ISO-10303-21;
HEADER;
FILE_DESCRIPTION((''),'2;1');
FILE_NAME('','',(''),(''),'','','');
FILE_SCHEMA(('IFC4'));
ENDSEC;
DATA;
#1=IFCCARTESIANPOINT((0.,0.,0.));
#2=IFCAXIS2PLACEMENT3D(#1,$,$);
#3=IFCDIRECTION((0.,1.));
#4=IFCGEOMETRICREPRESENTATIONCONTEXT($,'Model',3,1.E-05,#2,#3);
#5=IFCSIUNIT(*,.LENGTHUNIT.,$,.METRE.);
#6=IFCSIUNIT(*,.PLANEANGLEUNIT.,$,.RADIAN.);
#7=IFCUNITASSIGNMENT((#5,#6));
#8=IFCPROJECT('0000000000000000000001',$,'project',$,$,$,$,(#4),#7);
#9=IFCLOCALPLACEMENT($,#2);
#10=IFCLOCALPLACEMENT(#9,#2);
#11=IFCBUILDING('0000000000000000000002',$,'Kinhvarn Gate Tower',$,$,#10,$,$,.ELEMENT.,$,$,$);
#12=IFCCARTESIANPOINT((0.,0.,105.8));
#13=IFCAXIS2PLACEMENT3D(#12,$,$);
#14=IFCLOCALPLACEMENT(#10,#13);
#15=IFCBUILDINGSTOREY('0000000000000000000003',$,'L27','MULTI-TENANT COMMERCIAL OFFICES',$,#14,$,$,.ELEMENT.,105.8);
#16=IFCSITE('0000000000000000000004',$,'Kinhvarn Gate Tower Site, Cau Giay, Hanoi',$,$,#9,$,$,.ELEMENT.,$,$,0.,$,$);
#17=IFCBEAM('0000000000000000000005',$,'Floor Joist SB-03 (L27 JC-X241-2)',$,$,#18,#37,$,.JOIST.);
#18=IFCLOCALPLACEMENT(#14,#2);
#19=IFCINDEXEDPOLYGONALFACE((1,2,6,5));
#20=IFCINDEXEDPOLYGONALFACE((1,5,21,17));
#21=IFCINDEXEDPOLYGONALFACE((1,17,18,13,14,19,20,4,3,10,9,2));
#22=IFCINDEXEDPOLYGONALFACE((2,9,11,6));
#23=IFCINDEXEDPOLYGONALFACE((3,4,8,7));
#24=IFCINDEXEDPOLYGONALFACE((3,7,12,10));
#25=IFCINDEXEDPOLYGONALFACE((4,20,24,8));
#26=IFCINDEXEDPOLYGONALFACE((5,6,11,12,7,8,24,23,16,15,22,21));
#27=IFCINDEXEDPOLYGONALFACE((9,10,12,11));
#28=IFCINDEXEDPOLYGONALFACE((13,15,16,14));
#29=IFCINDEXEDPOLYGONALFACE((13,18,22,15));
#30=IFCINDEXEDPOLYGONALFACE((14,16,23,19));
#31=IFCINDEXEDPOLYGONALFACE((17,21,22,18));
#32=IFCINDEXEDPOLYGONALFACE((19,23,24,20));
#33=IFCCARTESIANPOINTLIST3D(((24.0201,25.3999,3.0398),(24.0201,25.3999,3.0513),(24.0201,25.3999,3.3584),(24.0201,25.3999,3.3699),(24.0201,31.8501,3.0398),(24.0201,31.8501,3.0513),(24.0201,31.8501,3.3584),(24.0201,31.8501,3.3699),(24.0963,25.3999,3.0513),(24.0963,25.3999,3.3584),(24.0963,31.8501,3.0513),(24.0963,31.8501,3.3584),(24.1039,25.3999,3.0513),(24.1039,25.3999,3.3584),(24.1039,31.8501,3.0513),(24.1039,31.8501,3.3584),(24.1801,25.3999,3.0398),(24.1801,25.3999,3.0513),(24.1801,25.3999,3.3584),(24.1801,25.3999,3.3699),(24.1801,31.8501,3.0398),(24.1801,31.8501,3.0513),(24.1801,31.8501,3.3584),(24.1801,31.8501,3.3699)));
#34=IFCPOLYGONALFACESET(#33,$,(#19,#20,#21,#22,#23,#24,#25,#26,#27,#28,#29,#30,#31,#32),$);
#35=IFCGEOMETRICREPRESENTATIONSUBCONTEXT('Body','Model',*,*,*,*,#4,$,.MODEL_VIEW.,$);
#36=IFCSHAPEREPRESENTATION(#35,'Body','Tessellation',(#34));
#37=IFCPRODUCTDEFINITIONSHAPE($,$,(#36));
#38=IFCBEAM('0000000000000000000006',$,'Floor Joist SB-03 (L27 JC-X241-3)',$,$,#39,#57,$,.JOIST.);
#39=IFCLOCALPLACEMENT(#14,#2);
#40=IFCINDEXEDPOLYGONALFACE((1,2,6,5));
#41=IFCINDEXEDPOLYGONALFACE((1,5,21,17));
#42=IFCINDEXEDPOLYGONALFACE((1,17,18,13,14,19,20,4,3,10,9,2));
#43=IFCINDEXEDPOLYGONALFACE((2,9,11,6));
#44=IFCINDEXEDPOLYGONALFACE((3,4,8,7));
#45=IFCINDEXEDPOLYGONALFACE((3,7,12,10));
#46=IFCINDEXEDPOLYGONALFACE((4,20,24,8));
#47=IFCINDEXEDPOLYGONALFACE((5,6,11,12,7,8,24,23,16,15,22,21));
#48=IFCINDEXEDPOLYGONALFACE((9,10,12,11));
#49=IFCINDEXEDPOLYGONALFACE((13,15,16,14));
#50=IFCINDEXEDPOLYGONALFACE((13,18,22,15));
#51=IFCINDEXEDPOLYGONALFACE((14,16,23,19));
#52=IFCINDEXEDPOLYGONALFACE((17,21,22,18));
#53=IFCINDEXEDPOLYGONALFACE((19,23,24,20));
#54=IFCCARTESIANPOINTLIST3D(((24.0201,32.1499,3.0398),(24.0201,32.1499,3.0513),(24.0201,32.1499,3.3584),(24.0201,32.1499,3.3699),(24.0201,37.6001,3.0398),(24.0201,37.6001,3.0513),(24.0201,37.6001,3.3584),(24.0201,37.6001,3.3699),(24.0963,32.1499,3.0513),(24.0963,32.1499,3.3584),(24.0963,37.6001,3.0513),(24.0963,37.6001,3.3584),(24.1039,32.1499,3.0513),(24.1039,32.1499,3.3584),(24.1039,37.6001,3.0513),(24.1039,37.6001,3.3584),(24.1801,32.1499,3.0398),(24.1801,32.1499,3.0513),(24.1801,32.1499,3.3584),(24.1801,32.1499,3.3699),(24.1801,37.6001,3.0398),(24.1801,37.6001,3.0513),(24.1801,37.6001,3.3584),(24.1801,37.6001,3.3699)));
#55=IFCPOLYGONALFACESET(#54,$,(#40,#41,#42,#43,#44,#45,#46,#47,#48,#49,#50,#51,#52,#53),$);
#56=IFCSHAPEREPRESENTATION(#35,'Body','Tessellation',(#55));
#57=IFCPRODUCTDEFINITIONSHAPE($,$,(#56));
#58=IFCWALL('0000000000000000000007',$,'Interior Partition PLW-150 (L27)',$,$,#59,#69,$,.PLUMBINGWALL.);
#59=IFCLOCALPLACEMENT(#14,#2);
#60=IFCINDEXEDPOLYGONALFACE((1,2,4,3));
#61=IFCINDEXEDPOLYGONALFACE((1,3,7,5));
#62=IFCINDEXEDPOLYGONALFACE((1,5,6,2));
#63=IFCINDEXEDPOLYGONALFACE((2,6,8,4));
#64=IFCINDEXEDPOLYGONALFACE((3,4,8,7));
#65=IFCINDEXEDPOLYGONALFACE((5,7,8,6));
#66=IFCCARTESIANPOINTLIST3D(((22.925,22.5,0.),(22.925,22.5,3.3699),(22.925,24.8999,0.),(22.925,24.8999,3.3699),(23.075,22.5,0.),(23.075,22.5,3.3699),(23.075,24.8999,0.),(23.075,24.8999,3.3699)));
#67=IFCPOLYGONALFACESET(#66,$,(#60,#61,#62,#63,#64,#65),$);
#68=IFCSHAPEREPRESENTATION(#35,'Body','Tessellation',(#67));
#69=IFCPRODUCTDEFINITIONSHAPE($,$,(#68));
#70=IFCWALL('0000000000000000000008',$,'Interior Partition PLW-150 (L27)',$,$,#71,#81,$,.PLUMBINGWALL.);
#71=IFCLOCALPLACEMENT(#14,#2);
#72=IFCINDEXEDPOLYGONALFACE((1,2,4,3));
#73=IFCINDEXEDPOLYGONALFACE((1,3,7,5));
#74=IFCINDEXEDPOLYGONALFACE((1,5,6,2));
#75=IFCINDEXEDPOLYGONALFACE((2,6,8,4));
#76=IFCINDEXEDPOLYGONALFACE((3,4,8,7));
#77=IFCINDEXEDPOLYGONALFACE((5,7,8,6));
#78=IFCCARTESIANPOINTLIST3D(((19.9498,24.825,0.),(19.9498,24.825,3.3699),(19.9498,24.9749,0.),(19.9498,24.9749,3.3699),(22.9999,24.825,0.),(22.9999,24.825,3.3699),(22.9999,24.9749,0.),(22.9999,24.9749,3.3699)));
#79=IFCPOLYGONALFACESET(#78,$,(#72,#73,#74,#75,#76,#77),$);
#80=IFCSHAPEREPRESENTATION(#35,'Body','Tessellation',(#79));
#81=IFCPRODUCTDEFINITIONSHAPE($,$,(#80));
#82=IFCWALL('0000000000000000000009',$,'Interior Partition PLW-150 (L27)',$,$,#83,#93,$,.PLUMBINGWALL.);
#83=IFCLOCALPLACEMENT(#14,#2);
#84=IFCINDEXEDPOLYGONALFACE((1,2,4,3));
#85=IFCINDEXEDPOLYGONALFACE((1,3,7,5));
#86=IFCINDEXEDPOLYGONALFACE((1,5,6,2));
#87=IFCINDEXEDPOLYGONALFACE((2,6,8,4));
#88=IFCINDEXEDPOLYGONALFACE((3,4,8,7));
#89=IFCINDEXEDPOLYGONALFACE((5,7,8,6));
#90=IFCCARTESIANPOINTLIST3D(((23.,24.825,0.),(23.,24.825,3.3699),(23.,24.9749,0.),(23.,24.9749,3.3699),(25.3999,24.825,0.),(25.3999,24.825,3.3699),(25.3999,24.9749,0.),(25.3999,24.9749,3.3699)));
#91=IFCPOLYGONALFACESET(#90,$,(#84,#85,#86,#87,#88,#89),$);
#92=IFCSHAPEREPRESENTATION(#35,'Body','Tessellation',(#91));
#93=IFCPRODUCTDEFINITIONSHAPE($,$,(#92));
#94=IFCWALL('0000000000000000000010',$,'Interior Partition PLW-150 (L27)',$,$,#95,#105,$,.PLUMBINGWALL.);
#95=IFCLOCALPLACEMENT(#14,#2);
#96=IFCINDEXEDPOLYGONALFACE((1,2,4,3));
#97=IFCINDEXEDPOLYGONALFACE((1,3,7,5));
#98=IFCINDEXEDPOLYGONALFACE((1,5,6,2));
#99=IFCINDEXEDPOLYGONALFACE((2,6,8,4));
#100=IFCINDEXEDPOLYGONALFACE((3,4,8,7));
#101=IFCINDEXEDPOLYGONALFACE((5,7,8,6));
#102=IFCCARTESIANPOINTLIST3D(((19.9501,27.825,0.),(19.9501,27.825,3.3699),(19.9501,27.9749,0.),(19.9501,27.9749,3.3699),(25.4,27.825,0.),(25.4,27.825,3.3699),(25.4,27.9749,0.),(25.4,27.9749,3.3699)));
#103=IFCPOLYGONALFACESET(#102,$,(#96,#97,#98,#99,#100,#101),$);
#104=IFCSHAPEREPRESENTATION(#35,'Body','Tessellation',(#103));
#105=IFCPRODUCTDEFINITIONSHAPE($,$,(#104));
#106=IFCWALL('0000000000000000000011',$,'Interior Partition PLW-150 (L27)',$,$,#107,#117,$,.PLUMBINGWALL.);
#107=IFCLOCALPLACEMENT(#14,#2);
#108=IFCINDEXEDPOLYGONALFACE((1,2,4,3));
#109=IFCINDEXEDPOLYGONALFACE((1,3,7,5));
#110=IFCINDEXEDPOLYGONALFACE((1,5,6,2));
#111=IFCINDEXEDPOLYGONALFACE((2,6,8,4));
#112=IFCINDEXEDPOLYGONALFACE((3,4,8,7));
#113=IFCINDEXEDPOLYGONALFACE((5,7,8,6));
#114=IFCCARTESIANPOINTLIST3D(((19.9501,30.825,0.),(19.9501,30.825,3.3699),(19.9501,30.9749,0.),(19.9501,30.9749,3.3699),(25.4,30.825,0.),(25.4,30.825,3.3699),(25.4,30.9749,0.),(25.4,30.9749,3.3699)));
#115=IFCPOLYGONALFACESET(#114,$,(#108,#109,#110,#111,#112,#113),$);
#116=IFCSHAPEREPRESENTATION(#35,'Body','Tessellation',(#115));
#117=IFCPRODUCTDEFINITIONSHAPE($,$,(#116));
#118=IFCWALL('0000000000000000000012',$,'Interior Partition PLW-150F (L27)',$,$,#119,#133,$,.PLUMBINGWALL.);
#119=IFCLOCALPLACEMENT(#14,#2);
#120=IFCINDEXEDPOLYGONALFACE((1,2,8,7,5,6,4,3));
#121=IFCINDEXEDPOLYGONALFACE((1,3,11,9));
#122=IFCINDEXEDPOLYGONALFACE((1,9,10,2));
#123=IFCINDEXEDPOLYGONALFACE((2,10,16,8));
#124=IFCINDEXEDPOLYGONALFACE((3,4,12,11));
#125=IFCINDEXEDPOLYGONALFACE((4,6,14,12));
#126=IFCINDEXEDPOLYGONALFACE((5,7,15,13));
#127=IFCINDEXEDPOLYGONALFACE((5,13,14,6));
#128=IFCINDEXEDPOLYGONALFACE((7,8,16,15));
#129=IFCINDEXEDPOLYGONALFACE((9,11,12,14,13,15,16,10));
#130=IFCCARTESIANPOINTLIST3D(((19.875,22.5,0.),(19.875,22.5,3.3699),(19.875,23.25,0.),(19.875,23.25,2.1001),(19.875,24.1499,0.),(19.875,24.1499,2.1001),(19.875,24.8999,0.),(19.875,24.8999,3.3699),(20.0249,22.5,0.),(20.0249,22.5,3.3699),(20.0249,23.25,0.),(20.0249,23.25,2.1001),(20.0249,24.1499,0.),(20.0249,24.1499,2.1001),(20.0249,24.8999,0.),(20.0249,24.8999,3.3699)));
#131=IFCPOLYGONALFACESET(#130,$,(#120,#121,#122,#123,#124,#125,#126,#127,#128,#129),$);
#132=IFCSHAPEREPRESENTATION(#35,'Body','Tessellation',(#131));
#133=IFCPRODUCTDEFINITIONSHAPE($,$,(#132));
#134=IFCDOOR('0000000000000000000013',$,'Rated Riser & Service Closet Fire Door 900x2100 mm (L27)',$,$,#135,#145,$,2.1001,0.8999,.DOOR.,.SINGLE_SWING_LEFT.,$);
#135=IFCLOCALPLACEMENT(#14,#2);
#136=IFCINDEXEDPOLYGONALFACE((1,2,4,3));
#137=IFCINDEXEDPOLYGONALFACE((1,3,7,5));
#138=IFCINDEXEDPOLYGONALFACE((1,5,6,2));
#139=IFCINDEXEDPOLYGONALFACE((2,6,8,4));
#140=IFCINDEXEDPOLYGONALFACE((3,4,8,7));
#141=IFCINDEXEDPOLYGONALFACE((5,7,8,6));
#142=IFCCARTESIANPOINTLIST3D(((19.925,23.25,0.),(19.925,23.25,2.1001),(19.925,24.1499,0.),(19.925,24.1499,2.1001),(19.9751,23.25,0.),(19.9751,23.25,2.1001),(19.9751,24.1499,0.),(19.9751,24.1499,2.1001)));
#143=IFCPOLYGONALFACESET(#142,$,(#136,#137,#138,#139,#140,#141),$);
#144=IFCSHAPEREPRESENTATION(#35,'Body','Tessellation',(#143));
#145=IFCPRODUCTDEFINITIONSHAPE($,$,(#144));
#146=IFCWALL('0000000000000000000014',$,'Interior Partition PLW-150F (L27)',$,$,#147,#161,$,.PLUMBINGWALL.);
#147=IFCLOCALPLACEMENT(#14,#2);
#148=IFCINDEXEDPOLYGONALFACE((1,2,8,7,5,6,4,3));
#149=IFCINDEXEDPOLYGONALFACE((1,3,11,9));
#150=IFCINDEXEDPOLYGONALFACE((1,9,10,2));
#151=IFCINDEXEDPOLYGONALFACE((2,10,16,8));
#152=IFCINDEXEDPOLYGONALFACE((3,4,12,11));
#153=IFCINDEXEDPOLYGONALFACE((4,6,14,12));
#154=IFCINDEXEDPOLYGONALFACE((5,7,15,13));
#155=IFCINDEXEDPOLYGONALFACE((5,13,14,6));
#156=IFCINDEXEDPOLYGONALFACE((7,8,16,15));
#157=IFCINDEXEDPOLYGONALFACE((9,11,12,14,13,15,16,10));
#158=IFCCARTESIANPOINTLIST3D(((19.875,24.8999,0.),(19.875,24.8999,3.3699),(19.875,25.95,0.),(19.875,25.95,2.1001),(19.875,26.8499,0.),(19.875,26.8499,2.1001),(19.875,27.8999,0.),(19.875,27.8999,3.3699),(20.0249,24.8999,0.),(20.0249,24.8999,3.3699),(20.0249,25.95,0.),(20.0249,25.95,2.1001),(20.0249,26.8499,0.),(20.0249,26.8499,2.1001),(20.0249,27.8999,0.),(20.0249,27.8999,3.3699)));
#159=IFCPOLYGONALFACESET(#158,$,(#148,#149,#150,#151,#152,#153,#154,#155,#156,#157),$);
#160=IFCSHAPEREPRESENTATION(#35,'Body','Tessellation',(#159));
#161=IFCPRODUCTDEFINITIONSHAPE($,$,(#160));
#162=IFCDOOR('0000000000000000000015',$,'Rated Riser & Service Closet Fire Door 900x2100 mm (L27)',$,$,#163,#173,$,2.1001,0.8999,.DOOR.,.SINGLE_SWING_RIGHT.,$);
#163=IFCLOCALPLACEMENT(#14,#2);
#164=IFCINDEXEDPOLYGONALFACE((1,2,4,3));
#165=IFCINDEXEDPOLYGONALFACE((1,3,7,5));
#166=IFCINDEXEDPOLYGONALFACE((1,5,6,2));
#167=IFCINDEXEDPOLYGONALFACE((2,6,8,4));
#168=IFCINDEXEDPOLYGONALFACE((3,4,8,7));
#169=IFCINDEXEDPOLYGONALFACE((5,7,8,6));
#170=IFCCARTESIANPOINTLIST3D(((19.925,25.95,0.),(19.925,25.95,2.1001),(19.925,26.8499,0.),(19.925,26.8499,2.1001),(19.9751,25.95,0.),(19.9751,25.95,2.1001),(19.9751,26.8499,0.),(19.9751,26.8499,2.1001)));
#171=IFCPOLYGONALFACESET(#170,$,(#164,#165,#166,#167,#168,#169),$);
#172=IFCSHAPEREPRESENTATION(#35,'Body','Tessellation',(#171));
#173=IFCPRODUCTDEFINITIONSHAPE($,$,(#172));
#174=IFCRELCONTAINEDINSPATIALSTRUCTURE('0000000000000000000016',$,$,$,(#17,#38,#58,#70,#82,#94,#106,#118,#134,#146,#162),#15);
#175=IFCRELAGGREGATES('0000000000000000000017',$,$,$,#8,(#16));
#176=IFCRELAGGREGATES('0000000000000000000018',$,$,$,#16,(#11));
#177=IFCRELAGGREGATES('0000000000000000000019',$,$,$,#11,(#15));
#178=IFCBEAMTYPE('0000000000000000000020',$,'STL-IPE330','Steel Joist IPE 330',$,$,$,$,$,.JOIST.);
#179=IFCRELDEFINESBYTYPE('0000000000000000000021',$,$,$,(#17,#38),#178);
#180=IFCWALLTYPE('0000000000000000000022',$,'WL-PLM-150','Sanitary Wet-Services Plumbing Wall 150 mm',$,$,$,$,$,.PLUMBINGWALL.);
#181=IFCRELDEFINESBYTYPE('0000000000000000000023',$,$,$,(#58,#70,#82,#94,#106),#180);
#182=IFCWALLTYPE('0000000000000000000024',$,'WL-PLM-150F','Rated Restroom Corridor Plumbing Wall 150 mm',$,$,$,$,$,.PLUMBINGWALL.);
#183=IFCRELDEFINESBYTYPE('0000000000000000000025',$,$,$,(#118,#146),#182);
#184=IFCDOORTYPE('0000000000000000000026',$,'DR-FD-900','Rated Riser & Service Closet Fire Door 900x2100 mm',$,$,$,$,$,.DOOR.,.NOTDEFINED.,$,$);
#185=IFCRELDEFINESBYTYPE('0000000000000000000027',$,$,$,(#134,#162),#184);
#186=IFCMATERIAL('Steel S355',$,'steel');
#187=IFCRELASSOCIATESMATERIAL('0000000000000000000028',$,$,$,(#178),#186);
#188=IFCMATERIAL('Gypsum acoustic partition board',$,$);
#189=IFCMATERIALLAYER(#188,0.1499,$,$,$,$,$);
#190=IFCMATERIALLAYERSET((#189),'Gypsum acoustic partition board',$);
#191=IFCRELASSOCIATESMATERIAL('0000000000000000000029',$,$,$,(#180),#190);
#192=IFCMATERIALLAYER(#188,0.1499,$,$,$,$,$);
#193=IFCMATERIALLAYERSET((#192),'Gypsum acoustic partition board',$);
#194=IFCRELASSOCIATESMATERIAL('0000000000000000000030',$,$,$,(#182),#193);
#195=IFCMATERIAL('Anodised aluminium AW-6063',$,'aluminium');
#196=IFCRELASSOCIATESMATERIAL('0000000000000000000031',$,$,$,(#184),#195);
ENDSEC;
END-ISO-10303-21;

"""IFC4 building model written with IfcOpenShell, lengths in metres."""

from ifc_helpers import new_model, si_unit, direction, frame, frame_2d, origin, origin_2d, place, context, subcontext, project, spatial, rectangle, i_section, extrude, material, layer, layer_set, material_profile, profile_set, type_object, element, fill, save


model = new_model("IFC4")

# Units and contexts
model_context = context("Model", 3, precision=1e-05, world=origin(), true_north=direction((0.0, 1.0)))
body_context = subcontext(model_context, "Body", "Model", "MODEL_VIEW")
ifc_project = project(units=[si_unit("LENGTHUNIT", "METRE"), si_unit("PLANEANGLEUNIT", "RADIAN")], contexts=[model_context])

# Site, building, storey
site_placement = place(None, origin())
site = spatial("IfcSite", under=ifc_project, at=site_placement, Name="Kinhvarn Gate Tower Site, Cau Giay, Hanoi", CompositionType="ELEMENT", RefElevation=0.0)
building_placement = place(site_placement, origin())
building = spatial("IfcBuilding", under=site, at=building_placement, Name="Kinhvarn Gate Tower", CompositionType="ELEMENT")
storey_placement = place(building_placement, frame((0.0, 0.0, 105.8)))
storey = spatial("IfcBuildingStorey", under=building, at=storey_placement, Name="L27", Description="MULTI-TENANT COMMERCIAL OFFICES", CompositionType="ELEMENT", Elevation=105.8)

# Beams
ifc_material_1 = material(Name="Steel S355", Category="steel")
ifc_material_profile_1 = material_profile(ifc_material_1, i_section(OverallWidth=0.1599, OverallDepth=0.3301, WebThickness=0.0076, FlangeThickness=0.0115, at=origin_2d()), Name="IPE 330")
ifc_profile_set_1 = profile_set([ifc_material_profile_1], Name="Steel S355")
beam_type_1 = type_object("IfcBeamType", Name="STL-IPE330", Description="Steel Joist IPE 330", PredefinedType="JOIST", material=ifc_profile_set_1)
beam_1_placement = place(storey_placement, frame((24.1001, 25.3999, 3.2048), z_axis=(0.0, 1.0, 0.0), x_axis=(-1.0, 0.0, 0.0)))
element("IfcBeam", 1, at=beam_1_placement, inside=storey, type_object=beam_type_1, Name="Floor Joist SB-03 (L27 JC-X241-2)", PredefinedType="JOIST", context=body_context, shape_type="SweptSolid", body=[
    extrude(i_section(OverallWidth=0.1599, OverallDepth=0.3301, WebThickness=0.0076, FlangeThickness=0.0115, at=origin_2d()), origin(), (0.0, 0.0, 1.0), 6.4502),
])
beam_2_placement = place(storey_placement, frame((24.1001, 32.1499, 3.2048), z_axis=(0.0, 1.0, 0.0), x_axis=(-1.0, 0.0, 0.0)))
element("IfcBeam", 2, at=beam_2_placement, inside=storey, type_object=beam_type_1, Name="Floor Joist SB-03 (L27 JC-X241-3)", PredefinedType="JOIST", context=body_context, shape_type="SweptSolid", body=[
    extrude(i_section(OverallWidth=0.1599, OverallDepth=0.3301, WebThickness=0.0076, FlangeThickness=0.0115, at=origin_2d()), origin(), (0.0, 0.0, 1.0), 5.4502),
])

# Shared definitions
ifc_material_2 = material(Name="Anodised aluminium AW-6063", Category="aluminium")

# Walls
ifc_material_3 = material(Name="Gypsum acoustic partition board")
ifc_layer_1 = layer(ifc_material_3, 0.1499)
ifc_layer_set_1 = layer_set([ifc_layer_1], Name="Gypsum acoustic partition board")
wall_type_1 = type_object("IfcWallType", Name="WL-PLM-150", Description="Sanitary Wet-Services Plumbing Wall 150 mm", PredefinedType="PLUMBINGWALL", material=ifc_layer_set_1)
wall_1_placement = place(storey_placement, frame((23.0, 22.5, 0.0), z_axis=(0.0, 0.0, 1.0), x_axis=(0.0, 1.0, 0.0)))
element("IfcWall", 3, at=wall_1_placement, inside=storey, type_object=wall_type_1, Name="Interior Partition PLW-150 (L27)", PredefinedType="PLUMBINGWALL", context=body_context, shape_type="SweptSolid", body=[
    extrude(rectangle(XDim=2.3999, YDim=0.1499, at=frame_2d((1.2, 0.0))), origin(), (0.0, 0.0, 1.0), 3.3699),
])
wall_2_placement = place(storey_placement, frame((19.95, 24.8999, 0.0), z_axis=(0.0, 0.0, 1.0), x_axis=(1.0, 0.0, 0.0)))
element("IfcWall", 4, at=wall_2_placement, inside=storey, type_object=wall_type_1, Name="Interior Partition PLW-150 (L27)", PredefinedType="PLUMBINGWALL", context=body_context, shape_type="SweptSolid", body=[
    extrude(rectangle(XDim=3.05, YDim=0.1499, at=frame_2d((1.5249, 0.0))), origin(), (0.0, 0.0, 1.0), 3.3699),
])
wall_3_placement = place(storey_placement, frame((23.0, 24.8999, 0.0), z_axis=(0.0, 0.0, 1.0), x_axis=(1.0, 0.0, 0.0)))
element("IfcWall", 5, at=wall_3_placement, inside=storey, type_object=wall_type_1, Name="Interior Partition PLW-150 (L27)", PredefinedType="PLUMBINGWALL", context=body_context, shape_type="SweptSolid", body=[
    extrude(rectangle(XDim=2.3999, YDim=0.1499, at=frame_2d((1.2, 0.0))), origin(), (0.0, 0.0, 1.0), 3.3699),
])
for number, where, z_axis, x_axis, name in (
    (6, (19.95, 27.8999, 0.0), (0.0, 0.0, 1.0), (1.0, 0.0, 0.0), "Interior Partition PLW-150 (L27)"),
    (7, (19.95, 30.8999, 0.0), (0.0, 0.0, 1.0), (1.0, 0.0, 0.0), "Interior Partition PLW-150 (L27)"),
):
    element("IfcWall", number, at=place(storey_placement, frame(where, z_axis=z_axis, x_axis=x_axis)), inside=storey, type_object=wall_type_1, Name=name, PredefinedType="PLUMBINGWALL", context=body_context, shape_type="SweptSolid", body=[
        extrude(rectangle(XDim=5.45, YDim=0.1499, at=frame_2d((2.7251, 0.0))), origin(), (0.0, 0.0, 1.0), 3.3699),
    ])

# Walls, openings, doors
ifc_layer_2 = layer(ifc_material_3, 0.1499)
ifc_layer_set_2 = layer_set([ifc_layer_2], Name="Gypsum acoustic partition board")
wall_type_2 = type_object("IfcWallType", Name="WL-PLM-150F", Description="Rated Restroom Corridor Plumbing Wall 150 mm", PredefinedType="PLUMBINGWALL", material=ifc_layer_set_2)
wall_4_placement = place(storey_placement, frame((19.95, 22.5, 0.0), z_axis=(0.0, 0.0, 1.0), x_axis=(0.0, 1.0, 0.0)))
wall_4 = element("IfcWall", 8, at=wall_4_placement, inside=storey, type_object=wall_type_2, Name="Interior Partition PLW-150F (L27)", PredefinedType="PLUMBINGWALL", context=body_context, shape_type="SweptSolid", body=[
    extrude(rectangle(XDim=2.3999, YDim=0.1499, at=frame_2d((1.2, 0.0))), origin(), (0.0, 0.0, 1.0), 3.3699),
])
opening_1_placement = place(wall_4_placement, frame((0.75, 0.0, 0.0)))
opening_1 = element("IfcOpeningElement", 9, at=opening_1_placement, cuts=wall_4, PredefinedType="OPENING", context=body_context, shape_type="SweptSolid", body=[
    extrude(rectangle(XDim=0.8999, YDim=2.1001, at=frame_2d((0.45, 1.05))), frame((0.0, 0.085, 0.0), z_axis=(0.0, -1.0, 0.0), x_axis=(1.0, 0.0, 0.0)), (0.0, 0.0, 1.0), 0.1699),
])
door_type_1 = type_object("IfcDoorType", Name="DR-FD-900", Description="Rated Riser & Service Closet Fire Door 900x2100 mm", OperationType="NOTDEFINED", PredefinedType="DOOR", material=ifc_material_2)
door_1_placement = place(opening_1_placement, origin())
door_1 = element("IfcDoor", 10, at=door_1_placement, inside=storey, type_object=door_type_1, Name="Rated Riser & Service Closet Fire Door 900x2100 mm (L27)", OperationType="SINGLE_SWING_LEFT", OverallHeight=2.1001, OverallWidth=0.8999, PredefinedType="DOOR", context=body_context, shape_type="SweptSolid", body=[
    extrude(rectangle(XDim=0.8999, YDim=2.1001, at=frame_2d((0.45, 1.05))), frame((0.0, 0.0249, 0.0), z_axis=(0.0, -1.0, 0.0), x_axis=(1.0, 0.0, 0.0)), (0.0, 0.0, 1.0), 0.05),
])
fill(opening_1, door_1)
wall_5_placement = place(storey_placement, frame((19.95, 24.8999, 0.0), z_axis=(0.0, 0.0, 1.0), x_axis=(0.0, 1.0, 0.0)))
wall_5 = element("IfcWall", 11, at=wall_5_placement, inside=storey, type_object=wall_type_2, Name="Interior Partition PLW-150F (L27)", PredefinedType="PLUMBINGWALL", context=body_context, shape_type="SweptSolid", body=[
    extrude(rectangle(XDim=3.0, YDim=0.1499, at=frame_2d((1.5, 0.0))), origin(), (0.0, 0.0, 1.0), 3.3699),
])
opening_2_placement = place(wall_5_placement, frame((1.05, 0.0, 0.0)))
opening_2 = element("IfcOpeningElement", 12, at=opening_2_placement, cuts=wall_5, PredefinedType="OPENING", context=body_context, shape_type="SweptSolid", body=[
    extrude(rectangle(XDim=0.8999, YDim=2.1001, at=frame_2d((0.45, 1.05))), frame((0.0, 0.085, 0.0), z_axis=(0.0, -1.0, 0.0), x_axis=(1.0, 0.0, 0.0)), (0.0, 0.0, 1.0), 0.1699),
])
door_2_placement = place(opening_2_placement, origin())
door_2 = element("IfcDoor", 13, at=door_2_placement, inside=storey, type_object=door_type_1, Name="Rated Riser & Service Closet Fire Door 900x2100 mm (L27)", OperationType="SINGLE_SWING_RIGHT", OverallHeight=2.1001, OverallWidth=0.8999, PredefinedType="DOOR", context=body_context, shape_type="SweptSolid", body=[
    extrude(rectangle(XDim=0.8999, YDim=2.1001, at=frame_2d((0.45, 1.05))), frame((0.0, 0.0249, 0.0), z_axis=(0.0, -1.0, 0.0), x_axis=(1.0, 0.0, 0.0)), (0.0, 0.0, 1.0), 0.05),
])
fill(opening_2, door_2)

save(model, "model.ifc")
